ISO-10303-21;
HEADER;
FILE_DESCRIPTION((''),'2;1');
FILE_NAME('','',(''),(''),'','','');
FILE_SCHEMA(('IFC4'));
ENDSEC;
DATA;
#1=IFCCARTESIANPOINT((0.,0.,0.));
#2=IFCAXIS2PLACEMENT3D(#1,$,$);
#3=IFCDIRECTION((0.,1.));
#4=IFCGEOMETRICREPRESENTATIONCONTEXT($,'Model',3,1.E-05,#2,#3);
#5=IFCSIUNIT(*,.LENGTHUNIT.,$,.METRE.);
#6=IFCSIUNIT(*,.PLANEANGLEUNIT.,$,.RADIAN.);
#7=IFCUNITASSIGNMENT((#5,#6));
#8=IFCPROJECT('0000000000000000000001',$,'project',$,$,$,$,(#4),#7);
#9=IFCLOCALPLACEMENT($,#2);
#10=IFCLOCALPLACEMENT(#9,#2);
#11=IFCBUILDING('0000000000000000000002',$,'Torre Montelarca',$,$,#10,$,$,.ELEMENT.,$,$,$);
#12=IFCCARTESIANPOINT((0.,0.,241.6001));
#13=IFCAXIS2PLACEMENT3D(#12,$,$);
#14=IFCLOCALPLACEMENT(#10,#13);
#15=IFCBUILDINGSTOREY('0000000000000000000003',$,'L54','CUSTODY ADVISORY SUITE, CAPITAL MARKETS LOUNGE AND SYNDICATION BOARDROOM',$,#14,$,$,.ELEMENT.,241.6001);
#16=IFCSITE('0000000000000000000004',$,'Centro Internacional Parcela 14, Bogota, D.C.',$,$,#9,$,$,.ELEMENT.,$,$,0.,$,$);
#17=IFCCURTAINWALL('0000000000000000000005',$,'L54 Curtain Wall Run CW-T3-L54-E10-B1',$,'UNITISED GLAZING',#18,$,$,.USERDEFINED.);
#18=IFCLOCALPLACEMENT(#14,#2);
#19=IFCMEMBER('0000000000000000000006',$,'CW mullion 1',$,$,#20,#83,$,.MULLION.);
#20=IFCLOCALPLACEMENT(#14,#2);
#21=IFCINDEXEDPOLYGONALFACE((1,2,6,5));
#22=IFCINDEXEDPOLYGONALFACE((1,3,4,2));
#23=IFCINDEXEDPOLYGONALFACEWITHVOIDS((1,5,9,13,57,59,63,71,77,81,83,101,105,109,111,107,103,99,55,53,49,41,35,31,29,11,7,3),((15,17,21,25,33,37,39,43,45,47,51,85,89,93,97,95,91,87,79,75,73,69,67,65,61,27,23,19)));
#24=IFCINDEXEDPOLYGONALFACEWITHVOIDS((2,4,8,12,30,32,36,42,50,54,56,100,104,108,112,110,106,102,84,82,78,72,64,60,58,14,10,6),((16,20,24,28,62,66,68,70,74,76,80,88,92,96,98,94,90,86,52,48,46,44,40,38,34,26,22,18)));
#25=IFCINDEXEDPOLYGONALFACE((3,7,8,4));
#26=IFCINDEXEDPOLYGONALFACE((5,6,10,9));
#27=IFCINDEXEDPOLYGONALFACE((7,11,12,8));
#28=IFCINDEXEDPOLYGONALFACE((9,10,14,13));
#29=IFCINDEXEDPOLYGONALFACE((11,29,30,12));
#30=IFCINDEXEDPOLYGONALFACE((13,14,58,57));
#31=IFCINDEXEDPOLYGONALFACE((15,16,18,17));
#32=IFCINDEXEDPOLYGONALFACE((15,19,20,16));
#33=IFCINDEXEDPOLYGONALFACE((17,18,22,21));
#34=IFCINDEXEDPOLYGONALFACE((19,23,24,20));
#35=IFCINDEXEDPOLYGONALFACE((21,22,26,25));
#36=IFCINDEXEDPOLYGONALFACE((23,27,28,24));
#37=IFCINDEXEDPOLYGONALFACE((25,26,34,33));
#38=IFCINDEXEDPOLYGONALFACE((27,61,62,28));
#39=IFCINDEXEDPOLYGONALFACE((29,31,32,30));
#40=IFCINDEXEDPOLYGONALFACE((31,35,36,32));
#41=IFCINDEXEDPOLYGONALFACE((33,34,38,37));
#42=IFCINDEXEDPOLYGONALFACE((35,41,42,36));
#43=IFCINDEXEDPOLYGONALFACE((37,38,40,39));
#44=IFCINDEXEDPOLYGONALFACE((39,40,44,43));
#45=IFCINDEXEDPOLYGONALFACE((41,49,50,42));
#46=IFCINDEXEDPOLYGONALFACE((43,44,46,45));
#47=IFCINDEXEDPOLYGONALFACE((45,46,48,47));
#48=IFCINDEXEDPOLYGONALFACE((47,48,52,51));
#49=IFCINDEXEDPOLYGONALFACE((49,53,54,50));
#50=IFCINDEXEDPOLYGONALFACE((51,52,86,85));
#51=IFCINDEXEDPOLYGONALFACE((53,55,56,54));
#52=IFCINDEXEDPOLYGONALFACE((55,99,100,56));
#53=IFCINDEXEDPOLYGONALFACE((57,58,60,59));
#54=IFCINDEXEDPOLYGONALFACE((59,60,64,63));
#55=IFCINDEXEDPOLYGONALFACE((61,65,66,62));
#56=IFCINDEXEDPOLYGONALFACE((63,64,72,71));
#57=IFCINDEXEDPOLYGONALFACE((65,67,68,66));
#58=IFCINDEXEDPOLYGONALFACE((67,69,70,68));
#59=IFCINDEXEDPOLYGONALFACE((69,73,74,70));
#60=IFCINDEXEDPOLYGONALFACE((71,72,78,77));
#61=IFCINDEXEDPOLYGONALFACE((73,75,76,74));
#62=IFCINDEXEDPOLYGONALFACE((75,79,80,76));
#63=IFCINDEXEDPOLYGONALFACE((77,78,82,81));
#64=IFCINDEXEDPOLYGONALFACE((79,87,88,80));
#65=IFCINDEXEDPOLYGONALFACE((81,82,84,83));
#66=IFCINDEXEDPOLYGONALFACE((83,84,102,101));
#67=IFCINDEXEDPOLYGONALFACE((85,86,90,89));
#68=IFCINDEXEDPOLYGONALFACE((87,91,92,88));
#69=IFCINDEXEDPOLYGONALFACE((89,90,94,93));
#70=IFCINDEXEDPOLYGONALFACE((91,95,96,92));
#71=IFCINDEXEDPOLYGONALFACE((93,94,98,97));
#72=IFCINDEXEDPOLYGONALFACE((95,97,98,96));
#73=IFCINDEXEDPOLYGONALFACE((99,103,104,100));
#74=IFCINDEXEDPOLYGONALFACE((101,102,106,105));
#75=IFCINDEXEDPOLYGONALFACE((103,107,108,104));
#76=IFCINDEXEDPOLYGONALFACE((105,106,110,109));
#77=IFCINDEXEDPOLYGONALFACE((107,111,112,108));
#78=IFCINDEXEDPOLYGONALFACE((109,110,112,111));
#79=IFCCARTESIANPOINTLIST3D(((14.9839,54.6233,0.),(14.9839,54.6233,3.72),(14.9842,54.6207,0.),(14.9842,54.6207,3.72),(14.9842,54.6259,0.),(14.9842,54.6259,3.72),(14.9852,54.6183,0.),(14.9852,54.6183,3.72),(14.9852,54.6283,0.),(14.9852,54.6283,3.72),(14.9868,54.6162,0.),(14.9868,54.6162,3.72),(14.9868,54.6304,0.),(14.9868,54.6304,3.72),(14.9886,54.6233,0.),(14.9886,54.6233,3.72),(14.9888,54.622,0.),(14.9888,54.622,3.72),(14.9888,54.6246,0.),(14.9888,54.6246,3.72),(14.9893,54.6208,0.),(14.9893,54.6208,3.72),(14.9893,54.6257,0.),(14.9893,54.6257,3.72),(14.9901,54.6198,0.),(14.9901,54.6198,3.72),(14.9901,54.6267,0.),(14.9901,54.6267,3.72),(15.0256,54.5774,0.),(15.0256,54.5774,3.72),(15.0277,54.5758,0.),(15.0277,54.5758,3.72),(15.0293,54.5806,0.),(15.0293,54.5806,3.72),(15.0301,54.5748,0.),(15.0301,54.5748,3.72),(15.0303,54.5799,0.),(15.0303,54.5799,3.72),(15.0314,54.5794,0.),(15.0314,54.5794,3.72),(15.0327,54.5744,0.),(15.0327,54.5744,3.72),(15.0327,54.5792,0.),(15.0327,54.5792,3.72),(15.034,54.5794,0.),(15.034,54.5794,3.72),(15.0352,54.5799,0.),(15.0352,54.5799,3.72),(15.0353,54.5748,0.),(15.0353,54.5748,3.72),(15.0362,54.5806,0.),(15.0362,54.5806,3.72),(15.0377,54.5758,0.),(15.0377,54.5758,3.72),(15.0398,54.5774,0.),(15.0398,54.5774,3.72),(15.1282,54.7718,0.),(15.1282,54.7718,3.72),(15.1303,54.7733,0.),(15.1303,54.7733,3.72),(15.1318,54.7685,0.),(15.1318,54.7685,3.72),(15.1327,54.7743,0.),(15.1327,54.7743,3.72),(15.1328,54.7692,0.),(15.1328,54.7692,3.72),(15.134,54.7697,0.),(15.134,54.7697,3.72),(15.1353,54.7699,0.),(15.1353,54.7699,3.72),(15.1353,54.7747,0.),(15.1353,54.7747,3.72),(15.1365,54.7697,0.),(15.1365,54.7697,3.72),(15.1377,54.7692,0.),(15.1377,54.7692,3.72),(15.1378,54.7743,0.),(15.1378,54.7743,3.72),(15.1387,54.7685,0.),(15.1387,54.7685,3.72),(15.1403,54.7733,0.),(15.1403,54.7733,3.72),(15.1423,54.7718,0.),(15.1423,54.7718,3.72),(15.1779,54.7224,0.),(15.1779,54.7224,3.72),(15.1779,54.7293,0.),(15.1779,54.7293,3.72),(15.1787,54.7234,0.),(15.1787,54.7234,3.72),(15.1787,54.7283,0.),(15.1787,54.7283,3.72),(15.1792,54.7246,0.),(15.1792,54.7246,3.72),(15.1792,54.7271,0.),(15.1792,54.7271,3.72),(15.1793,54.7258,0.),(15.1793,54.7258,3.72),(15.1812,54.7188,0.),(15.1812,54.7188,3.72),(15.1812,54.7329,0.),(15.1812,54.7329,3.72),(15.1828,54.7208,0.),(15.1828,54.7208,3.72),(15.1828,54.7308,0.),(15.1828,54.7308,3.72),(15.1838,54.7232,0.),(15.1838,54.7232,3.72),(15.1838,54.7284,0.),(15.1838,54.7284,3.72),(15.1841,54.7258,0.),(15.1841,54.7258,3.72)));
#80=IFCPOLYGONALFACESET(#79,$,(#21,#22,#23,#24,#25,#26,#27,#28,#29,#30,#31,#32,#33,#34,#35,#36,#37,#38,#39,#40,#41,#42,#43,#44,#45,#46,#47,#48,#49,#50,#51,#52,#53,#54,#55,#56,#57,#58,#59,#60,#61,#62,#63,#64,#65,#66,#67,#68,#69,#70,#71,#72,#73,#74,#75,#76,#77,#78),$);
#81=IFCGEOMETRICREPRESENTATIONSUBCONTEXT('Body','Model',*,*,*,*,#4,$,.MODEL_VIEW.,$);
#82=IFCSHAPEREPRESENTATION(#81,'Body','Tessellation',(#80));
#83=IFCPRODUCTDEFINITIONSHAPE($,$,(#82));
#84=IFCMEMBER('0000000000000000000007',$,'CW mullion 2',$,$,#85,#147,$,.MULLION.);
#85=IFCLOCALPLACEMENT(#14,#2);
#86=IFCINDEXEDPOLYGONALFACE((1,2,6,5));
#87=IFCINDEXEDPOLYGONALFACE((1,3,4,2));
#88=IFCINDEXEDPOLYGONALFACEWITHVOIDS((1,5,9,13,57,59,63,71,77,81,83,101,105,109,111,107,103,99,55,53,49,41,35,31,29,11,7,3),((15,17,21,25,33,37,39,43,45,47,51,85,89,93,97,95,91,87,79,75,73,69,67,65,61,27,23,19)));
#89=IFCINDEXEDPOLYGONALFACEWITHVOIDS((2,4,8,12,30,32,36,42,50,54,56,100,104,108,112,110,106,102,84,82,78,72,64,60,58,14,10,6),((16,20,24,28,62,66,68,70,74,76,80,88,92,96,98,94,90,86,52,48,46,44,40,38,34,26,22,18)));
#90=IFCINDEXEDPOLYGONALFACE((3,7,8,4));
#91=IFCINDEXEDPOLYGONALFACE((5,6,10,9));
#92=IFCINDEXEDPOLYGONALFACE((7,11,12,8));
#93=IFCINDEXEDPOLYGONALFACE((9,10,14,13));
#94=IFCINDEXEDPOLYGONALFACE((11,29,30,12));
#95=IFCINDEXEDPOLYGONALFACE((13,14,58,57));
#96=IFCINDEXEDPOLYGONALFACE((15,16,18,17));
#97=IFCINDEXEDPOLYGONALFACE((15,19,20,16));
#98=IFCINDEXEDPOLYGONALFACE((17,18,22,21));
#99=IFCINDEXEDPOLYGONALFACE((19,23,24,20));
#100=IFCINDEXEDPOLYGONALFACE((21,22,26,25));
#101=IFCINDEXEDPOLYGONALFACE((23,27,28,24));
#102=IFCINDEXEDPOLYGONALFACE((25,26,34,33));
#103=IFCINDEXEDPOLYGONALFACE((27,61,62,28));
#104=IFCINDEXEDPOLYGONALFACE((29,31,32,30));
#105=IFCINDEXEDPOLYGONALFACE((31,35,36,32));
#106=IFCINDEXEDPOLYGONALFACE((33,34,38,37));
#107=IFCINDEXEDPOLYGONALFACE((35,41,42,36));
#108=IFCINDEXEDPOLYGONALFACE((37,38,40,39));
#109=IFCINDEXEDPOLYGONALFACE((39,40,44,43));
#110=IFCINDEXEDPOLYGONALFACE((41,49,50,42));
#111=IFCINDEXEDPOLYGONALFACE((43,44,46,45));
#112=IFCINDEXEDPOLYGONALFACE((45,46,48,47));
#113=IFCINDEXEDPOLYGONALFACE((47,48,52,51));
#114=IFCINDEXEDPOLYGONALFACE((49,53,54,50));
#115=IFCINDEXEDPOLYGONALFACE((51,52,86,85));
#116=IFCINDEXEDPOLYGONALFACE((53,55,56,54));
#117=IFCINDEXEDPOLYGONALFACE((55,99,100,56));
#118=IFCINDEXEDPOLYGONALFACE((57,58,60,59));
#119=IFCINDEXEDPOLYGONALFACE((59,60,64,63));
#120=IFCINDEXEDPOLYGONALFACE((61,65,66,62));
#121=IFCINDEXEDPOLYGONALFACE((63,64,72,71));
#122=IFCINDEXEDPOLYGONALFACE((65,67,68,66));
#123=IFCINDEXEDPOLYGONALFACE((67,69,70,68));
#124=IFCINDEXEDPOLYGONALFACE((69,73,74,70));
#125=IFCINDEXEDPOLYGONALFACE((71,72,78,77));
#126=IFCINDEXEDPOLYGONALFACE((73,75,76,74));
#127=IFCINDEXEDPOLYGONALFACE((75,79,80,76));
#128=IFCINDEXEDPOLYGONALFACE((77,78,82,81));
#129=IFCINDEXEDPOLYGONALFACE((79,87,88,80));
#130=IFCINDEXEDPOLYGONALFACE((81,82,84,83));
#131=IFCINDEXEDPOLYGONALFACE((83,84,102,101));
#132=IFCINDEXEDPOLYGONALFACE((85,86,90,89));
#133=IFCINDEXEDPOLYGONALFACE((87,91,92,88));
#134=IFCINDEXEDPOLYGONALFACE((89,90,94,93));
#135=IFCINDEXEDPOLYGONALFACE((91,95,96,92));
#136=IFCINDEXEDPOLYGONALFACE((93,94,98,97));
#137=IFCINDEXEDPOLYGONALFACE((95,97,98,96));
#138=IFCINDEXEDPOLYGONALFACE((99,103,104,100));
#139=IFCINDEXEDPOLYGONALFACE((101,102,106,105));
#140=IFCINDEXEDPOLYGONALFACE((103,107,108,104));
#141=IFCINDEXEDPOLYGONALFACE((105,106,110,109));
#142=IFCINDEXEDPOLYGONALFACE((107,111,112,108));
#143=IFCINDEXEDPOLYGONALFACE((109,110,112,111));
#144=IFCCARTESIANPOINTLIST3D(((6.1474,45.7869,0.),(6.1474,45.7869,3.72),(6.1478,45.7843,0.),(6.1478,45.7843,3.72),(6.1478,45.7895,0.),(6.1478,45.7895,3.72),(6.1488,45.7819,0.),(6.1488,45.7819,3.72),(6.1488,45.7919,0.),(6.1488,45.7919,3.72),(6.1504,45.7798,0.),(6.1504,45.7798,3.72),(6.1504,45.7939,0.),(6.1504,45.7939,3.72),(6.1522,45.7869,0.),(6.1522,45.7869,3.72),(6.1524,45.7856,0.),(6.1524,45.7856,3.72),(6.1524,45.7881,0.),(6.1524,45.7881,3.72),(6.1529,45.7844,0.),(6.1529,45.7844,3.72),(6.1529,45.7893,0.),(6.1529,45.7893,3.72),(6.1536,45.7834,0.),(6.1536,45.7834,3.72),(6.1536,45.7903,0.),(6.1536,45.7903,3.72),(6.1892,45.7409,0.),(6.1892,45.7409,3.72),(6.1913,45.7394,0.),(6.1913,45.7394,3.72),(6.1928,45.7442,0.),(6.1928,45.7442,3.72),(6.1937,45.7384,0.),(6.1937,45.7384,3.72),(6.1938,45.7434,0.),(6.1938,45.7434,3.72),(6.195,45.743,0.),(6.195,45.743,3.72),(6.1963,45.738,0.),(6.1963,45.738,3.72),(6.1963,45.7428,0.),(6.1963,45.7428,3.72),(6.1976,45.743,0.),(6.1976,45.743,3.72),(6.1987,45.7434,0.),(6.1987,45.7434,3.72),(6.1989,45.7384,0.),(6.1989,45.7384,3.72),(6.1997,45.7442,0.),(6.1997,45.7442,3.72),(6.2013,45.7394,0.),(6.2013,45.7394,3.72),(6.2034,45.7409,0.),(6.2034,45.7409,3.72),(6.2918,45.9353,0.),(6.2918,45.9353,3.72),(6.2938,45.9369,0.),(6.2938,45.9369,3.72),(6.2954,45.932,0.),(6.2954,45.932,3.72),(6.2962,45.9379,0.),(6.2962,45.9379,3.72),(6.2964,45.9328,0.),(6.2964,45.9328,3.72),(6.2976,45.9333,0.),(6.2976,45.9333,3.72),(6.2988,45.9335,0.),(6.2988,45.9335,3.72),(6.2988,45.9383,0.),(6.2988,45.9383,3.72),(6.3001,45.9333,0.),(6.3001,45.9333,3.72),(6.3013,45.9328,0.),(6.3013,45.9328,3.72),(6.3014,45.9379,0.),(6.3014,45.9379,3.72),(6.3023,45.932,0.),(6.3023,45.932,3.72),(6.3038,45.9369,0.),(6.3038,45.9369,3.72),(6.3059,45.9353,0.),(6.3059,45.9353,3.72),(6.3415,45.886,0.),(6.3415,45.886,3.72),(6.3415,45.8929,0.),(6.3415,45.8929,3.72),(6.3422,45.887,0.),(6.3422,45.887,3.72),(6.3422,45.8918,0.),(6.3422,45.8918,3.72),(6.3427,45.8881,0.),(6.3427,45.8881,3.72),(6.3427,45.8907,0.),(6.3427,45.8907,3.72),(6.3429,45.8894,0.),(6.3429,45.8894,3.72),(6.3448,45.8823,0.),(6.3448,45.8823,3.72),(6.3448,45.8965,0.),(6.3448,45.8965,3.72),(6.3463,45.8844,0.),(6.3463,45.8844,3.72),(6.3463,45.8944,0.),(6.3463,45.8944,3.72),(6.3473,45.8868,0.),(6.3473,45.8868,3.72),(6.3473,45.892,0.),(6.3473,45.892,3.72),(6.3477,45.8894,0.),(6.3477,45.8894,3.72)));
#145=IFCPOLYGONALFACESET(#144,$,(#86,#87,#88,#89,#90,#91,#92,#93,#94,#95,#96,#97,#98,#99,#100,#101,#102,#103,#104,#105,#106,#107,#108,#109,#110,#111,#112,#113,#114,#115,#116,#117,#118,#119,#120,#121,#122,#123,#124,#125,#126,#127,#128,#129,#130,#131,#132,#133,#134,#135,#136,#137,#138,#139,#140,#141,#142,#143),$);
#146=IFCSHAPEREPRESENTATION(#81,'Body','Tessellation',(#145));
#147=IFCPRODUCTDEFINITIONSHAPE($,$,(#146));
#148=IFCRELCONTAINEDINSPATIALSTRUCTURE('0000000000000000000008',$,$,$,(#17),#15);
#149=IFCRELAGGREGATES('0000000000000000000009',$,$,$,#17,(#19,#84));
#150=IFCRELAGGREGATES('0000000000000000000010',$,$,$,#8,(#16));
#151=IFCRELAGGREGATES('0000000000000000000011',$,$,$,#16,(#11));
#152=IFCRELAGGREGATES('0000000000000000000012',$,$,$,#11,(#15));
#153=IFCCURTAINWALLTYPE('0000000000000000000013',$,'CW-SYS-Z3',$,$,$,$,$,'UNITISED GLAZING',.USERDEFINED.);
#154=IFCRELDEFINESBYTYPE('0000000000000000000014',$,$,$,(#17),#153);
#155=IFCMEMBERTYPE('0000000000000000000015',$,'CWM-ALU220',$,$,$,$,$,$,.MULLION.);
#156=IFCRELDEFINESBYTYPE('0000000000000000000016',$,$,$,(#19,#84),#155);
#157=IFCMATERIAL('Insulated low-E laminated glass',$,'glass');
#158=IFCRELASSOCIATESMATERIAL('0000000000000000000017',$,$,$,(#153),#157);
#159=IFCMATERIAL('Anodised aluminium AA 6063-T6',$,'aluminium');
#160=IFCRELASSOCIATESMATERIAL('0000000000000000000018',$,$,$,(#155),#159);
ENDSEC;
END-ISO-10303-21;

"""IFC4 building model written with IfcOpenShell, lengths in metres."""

from ifc_helpers import new_model, si_unit, direction, frame, origin, origin_2d, place, context, subcontext, project, spatial, hollow_rectangle, extrude, source, transform, mapped, material, material_profile, profile_set, type_object, element, aggregate, save


model = new_model("IFC4")

# Units and contexts
model_context = context("Model", 3, precision=1e-05, world=origin(), true_north=direction((0.0, 1.0)))
body_context = subcontext(model_context, "Body", "Model", "MODEL_VIEW")
ifc_project = project(units=[si_unit("LENGTHUNIT", "METRE"), si_unit("PLANEANGLEUNIT", "RADIAN")], contexts=[model_context])

# Site, building, storey
site_placement = place(None, origin())
site = spatial("IfcSite", under=ifc_project, at=site_placement, Name="Centro Internacional Parcela 14, Bogota, D.C.", CompositionType="ELEMENT", RefElevation=0.0)
building_placement = place(site_placement, origin())
building = spatial("IfcBuilding", under=site, at=building_placement, Name="Torre Montelarca", CompositionType="ELEMENT")
storey_placement = place(building_placement, frame((0.0, 0.0, 241.6001)))
storey = spatial("IfcBuildingStorey", under=building, at=storey_placement, Name="L54", Description="CUSTODY ADVISORY SUITE, CAPITAL MARKETS LOUNGE AND SYNDICATION BOARDROOM", CompositionType="ELEMENT", Elevation=241.6001)

# Curtain wall
ifc_material_1 = material(Name="Insulated low-E laminated glass", Category="glass")
curtain_wall_type = type_object("IfcCurtainWallType", Name="CW-SYS-Z3", ElementType="UNITISED GLAZING", PredefinedType="USERDEFINED", material=ifc_material_1)
curtain_wall_1_placement = place(storey_placement, origin())
curtain_wall_1 = element("IfcCurtainWall", 1, at=curtain_wall_1_placement, inside=storey, type_object=curtain_wall_type, Name="L54 Curtain Wall Run CW-T3-L54-E10-B1", ObjectType="UNITISED GLAZING", PredefinedType="USERDEFINED")
ifc_material_2 = material(Name="Anodised aluminium AA 6063-T6", Category="aluminium")

# Shared definitions
ifc_material_profile_1 = material_profile(ifc_material_2, hollow_rectangle(XDim=0.075, YDim=0.22, WallThickness=0.0049, InnerFilletRadius=0.0049, OuterFilletRadius=0.01, at=origin_2d()), Name="ALU75X220X5", Category="aluminium")
ifc_profile_set_1 = profile_set([ifc_material_profile_1], Name="Anodised aluminium AA 6063-T6")
member_type_1 = type_object("IfcMemberType", Name="CWM-ALU220", PredefinedType="MULLION", material=ifc_profile_set_1)
shared_shape_1 = source(origin(), body_context, "Body", "SweptSolid", [
    extrude(hollow_rectangle(XDim=0.075, YDim=0.22, WallThickness=0.0049, InnerFilletRadius=0.0049, OuterFilletRadius=0.01, at=origin_2d()), origin(), (0.0, 0.0, 1.0), 3.72),
])

# Members
member_1_placement = place(storey_placement, frame((15.084, 54.6746, 0.0), z_axis=(0.0, 0.0, 1.0), x_axis=(0.707109, -0.707105, 0.0)))
member_1 = element("IfcMember", 2, at=member_1_placement, type_object=member_type_1, Name="CW mullion 1", PredefinedType="MULLION", context=body_context, shape_type="MappedRepresentation", body=[
    mapped(shared_shape_1, transform((0.0, 0.0, 0.0), scale=1.0)),
])
member_2_placement = place(storey_placement, frame((6.2476, 45.8381, 0.0), z_axis=(0.0, 0.0, 1.0), x_axis=(0.707109, -0.707105, 0.0)))
member_2 = element("IfcMember", 3, at=member_2_placement, type_object=member_type_1, Name="CW mullion 2", PredefinedType="MULLION", context=body_context, shape_type="MappedRepresentation", body=[
    mapped(shared_shape_1, transform((0.0, 0.0, 0.0), scale=1.0)),
])

aggregate(curtain_wall_1, [member_1, member_2])

save(model, "model.ifc")
